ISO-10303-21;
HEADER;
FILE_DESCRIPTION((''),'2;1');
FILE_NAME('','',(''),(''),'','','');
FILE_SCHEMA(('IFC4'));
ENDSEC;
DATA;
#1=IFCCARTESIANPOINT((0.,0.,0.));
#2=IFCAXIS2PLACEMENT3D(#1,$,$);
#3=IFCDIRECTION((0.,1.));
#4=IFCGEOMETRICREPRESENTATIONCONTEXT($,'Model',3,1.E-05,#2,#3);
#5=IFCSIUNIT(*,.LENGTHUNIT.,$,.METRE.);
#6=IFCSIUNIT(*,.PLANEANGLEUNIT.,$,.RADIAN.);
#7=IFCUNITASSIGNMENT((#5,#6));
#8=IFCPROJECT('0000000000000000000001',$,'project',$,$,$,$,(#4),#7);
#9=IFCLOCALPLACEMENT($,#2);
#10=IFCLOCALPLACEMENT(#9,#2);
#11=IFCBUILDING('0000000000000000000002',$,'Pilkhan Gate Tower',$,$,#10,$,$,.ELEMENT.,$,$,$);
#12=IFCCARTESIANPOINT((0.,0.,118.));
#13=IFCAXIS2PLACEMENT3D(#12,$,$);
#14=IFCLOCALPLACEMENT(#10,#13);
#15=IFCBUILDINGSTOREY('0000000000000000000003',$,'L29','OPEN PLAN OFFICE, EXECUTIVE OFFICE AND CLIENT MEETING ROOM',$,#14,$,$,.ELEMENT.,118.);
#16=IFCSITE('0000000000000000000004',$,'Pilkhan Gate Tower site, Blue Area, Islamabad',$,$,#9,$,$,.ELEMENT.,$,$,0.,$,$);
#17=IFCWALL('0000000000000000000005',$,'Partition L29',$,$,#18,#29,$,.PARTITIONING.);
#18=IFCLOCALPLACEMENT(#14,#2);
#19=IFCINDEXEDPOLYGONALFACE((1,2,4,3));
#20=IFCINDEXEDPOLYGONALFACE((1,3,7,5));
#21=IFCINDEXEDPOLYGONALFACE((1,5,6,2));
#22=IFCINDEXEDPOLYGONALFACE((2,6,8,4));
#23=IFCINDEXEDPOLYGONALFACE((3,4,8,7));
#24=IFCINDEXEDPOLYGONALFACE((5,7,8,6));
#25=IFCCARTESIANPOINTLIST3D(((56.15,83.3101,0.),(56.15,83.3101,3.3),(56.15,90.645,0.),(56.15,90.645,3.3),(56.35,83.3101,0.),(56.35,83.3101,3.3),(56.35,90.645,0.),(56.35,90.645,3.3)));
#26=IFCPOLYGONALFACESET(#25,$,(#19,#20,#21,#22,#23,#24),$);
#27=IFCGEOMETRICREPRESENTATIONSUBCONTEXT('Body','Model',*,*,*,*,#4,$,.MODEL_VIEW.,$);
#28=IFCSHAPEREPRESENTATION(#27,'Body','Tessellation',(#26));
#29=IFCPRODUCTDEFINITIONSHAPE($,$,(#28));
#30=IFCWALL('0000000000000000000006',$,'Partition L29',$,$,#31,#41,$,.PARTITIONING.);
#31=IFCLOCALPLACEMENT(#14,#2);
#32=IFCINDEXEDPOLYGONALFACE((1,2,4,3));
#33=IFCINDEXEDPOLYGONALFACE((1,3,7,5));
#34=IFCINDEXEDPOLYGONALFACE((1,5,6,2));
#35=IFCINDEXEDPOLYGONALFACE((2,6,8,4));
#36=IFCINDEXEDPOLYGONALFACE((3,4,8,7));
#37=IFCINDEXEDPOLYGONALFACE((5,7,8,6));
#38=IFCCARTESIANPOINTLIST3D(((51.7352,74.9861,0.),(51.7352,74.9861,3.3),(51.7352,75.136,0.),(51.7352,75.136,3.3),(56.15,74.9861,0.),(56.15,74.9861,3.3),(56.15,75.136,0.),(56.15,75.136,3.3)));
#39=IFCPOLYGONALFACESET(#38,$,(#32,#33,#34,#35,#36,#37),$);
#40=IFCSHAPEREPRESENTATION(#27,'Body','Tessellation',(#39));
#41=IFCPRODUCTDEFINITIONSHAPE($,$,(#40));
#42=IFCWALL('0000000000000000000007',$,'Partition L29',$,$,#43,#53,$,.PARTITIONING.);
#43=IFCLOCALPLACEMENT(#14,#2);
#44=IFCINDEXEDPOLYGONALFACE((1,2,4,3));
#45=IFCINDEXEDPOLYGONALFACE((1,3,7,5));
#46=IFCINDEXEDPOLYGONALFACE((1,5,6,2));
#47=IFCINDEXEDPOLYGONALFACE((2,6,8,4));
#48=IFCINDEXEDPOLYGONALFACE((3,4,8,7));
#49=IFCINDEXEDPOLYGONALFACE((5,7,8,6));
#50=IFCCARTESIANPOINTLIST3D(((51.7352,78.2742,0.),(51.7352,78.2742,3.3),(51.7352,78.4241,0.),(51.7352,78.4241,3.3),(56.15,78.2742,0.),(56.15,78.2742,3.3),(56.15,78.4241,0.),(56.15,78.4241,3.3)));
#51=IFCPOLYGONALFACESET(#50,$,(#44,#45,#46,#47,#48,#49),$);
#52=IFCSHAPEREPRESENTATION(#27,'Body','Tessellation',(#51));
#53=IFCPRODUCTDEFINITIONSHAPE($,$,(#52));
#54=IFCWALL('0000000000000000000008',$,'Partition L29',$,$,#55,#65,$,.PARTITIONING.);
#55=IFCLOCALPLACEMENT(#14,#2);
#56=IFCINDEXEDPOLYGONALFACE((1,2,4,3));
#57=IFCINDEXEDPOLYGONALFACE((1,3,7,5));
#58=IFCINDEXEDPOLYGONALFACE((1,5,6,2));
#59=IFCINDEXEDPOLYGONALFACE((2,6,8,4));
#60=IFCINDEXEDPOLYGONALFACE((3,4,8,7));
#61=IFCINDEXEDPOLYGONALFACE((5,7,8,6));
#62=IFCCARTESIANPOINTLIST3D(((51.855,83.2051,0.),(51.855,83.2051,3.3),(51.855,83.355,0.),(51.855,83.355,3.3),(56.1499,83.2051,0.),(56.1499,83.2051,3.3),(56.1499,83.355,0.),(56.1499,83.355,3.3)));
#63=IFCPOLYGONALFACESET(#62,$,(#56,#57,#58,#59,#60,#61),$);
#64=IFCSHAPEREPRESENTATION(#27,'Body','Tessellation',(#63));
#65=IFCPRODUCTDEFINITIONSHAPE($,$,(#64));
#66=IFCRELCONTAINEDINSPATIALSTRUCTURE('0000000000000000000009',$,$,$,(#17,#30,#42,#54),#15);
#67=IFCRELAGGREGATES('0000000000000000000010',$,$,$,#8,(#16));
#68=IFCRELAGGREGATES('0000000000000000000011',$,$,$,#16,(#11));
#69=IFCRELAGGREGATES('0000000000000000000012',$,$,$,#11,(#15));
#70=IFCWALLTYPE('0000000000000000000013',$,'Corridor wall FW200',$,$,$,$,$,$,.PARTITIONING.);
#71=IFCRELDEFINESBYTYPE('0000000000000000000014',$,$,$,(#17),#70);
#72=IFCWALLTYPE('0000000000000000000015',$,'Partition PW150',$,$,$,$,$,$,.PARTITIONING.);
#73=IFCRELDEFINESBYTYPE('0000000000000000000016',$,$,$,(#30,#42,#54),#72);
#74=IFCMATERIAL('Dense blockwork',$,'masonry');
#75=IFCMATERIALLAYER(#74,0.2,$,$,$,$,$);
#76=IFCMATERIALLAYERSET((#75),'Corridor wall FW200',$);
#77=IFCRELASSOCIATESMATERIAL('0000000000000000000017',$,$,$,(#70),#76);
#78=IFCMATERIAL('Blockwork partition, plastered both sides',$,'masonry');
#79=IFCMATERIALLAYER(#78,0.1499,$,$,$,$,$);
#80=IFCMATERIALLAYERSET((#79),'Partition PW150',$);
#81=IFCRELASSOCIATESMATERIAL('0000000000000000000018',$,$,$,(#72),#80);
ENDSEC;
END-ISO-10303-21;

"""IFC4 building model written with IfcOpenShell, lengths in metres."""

from ifc_helpers import new_model, si_unit, direction, frame, frame_2d, origin, place, context, subcontext, project, spatial, rectangle, extrude, material, layer, layer_set, type_object, element, save


model = new_model("IFC4")

# Units and contexts
model_context = context("Model", 3, precision=1e-05, world=origin(), true_north=direction((0.0, 1.0)))
body_context = subcontext(model_context, "Body", "Model", "MODEL_VIEW")
ifc_project = project(units=[si_unit("LENGTHUNIT", "METRE"), si_unit("PLANEANGLEUNIT", "RADIAN")], contexts=[model_context])

# Site, building, storey
site_placement = place(None, origin())
site = spatial("IfcSite", under=ifc_project, at=site_placement, Name="Pilkhan Gate Tower site, Blue Area, Islamabad", CompositionType="ELEMENT", RefElevation=0.0)
building_placement = place(site_placement, origin())
building = spatial("IfcBuilding", under=site, at=building_placement, Name="Pilkhan Gate Tower", CompositionType="ELEMENT")
storey_placement = place(building_placement, frame((0.0, 0.0, 118.0)))
storey = spatial("IfcBuildingStorey", under=building, at=storey_placement, Name="L29", Description="OPEN PLAN OFFICE, EXECUTIVE OFFICE AND CLIENT MEETING ROOM", CompositionType="ELEMENT", Elevation=118.0)

# Walls
ifc_material_1 = material(Name="Dense blockwork", Category="masonry")
ifc_layer_1 = layer(ifc_material_1, 0.2)
ifc_layer_set_1 = layer_set([ifc_layer_1], Name="Corridor wall FW200")
wall_type_1 = type_object("IfcWallType", Name="Corridor wall FW200", PredefinedType="PARTITIONING", material=ifc_layer_set_1)
wall_1_placement = place(storey_placement, frame((56.25, 83.3101, 0.0), z_axis=(0.0, 0.0, 1.0), x_axis=(0.0, 1.0, 0.0)))
element("IfcWall", 1, at=wall_1_placement, inside=storey, type_object=wall_type_1, Name="Partition L29", PredefinedType="PARTITIONING", context=body_context, shape_type="SweptSolid", body=[
    extrude(rectangle(XDim=7.335, YDim=0.2, at=frame_2d((3.6675, 0.0))), origin(), (0.0, 0.0, 1.0), 3.3),
])
ifc_material_2 = material(Name="Blockwork partition, plastered both sides", Category="masonry")
ifc_layer_2 = layer(ifc_material_2, 0.1499)
ifc_layer_set_2 = layer_set([ifc_layer_2], Name="Partition PW150")
wall_type_2 = type_object("IfcWallType", Name="Partition PW150", PredefinedType="PARTITIONING", material=ifc_layer_set_2)
for number, where, z_axis, x_axis, name in (
    (2, (51.7351, 75.061, 0.0), (0.0, 0.0, 1.0), (1.0, 0.0, 0.0), "Partition L29"),
    (3, (51.7351, 78.3491, 0.0), (0.0, 0.0, 1.0), (1.0, 0.0, 0.0), "Partition L29"),
):
    element("IfcWall", number, at=place(storey_placement, frame(where, z_axis=z_axis, x_axis=x_axis)), inside=storey, type_object=wall_type_2, Name=name, PredefinedType="PARTITIONING", context=body_context, shape_type="SweptSolid", body=[
        extrude(rectangle(XDim=4.4148, YDim=0.1499, at=frame_2d((2.2075, 0.0))), origin(), (0.0, 0.0, 1.0), 3.3),
    ])
wall_2_placement = place(storey_placement, frame((51.855, 83.28, 0.0), z_axis=(0.0, 0.0, 1.0), x_axis=(1.0, 0.0, 0.0)))
element("IfcWall", 4, at=wall_2_placement, inside=storey, type_object=wall_type_2, Name="Partition L29", PredefinedType="PARTITIONING", context=body_context, shape_type="SweptSolid", body=[
    extrude(rectangle(XDim=4.2949, YDim=0.1499, at=frame_2d((2.1475, 0.0))), origin(), (0.0, 0.0, 1.0), 3.3),
])

save(model, "model.ifc")
